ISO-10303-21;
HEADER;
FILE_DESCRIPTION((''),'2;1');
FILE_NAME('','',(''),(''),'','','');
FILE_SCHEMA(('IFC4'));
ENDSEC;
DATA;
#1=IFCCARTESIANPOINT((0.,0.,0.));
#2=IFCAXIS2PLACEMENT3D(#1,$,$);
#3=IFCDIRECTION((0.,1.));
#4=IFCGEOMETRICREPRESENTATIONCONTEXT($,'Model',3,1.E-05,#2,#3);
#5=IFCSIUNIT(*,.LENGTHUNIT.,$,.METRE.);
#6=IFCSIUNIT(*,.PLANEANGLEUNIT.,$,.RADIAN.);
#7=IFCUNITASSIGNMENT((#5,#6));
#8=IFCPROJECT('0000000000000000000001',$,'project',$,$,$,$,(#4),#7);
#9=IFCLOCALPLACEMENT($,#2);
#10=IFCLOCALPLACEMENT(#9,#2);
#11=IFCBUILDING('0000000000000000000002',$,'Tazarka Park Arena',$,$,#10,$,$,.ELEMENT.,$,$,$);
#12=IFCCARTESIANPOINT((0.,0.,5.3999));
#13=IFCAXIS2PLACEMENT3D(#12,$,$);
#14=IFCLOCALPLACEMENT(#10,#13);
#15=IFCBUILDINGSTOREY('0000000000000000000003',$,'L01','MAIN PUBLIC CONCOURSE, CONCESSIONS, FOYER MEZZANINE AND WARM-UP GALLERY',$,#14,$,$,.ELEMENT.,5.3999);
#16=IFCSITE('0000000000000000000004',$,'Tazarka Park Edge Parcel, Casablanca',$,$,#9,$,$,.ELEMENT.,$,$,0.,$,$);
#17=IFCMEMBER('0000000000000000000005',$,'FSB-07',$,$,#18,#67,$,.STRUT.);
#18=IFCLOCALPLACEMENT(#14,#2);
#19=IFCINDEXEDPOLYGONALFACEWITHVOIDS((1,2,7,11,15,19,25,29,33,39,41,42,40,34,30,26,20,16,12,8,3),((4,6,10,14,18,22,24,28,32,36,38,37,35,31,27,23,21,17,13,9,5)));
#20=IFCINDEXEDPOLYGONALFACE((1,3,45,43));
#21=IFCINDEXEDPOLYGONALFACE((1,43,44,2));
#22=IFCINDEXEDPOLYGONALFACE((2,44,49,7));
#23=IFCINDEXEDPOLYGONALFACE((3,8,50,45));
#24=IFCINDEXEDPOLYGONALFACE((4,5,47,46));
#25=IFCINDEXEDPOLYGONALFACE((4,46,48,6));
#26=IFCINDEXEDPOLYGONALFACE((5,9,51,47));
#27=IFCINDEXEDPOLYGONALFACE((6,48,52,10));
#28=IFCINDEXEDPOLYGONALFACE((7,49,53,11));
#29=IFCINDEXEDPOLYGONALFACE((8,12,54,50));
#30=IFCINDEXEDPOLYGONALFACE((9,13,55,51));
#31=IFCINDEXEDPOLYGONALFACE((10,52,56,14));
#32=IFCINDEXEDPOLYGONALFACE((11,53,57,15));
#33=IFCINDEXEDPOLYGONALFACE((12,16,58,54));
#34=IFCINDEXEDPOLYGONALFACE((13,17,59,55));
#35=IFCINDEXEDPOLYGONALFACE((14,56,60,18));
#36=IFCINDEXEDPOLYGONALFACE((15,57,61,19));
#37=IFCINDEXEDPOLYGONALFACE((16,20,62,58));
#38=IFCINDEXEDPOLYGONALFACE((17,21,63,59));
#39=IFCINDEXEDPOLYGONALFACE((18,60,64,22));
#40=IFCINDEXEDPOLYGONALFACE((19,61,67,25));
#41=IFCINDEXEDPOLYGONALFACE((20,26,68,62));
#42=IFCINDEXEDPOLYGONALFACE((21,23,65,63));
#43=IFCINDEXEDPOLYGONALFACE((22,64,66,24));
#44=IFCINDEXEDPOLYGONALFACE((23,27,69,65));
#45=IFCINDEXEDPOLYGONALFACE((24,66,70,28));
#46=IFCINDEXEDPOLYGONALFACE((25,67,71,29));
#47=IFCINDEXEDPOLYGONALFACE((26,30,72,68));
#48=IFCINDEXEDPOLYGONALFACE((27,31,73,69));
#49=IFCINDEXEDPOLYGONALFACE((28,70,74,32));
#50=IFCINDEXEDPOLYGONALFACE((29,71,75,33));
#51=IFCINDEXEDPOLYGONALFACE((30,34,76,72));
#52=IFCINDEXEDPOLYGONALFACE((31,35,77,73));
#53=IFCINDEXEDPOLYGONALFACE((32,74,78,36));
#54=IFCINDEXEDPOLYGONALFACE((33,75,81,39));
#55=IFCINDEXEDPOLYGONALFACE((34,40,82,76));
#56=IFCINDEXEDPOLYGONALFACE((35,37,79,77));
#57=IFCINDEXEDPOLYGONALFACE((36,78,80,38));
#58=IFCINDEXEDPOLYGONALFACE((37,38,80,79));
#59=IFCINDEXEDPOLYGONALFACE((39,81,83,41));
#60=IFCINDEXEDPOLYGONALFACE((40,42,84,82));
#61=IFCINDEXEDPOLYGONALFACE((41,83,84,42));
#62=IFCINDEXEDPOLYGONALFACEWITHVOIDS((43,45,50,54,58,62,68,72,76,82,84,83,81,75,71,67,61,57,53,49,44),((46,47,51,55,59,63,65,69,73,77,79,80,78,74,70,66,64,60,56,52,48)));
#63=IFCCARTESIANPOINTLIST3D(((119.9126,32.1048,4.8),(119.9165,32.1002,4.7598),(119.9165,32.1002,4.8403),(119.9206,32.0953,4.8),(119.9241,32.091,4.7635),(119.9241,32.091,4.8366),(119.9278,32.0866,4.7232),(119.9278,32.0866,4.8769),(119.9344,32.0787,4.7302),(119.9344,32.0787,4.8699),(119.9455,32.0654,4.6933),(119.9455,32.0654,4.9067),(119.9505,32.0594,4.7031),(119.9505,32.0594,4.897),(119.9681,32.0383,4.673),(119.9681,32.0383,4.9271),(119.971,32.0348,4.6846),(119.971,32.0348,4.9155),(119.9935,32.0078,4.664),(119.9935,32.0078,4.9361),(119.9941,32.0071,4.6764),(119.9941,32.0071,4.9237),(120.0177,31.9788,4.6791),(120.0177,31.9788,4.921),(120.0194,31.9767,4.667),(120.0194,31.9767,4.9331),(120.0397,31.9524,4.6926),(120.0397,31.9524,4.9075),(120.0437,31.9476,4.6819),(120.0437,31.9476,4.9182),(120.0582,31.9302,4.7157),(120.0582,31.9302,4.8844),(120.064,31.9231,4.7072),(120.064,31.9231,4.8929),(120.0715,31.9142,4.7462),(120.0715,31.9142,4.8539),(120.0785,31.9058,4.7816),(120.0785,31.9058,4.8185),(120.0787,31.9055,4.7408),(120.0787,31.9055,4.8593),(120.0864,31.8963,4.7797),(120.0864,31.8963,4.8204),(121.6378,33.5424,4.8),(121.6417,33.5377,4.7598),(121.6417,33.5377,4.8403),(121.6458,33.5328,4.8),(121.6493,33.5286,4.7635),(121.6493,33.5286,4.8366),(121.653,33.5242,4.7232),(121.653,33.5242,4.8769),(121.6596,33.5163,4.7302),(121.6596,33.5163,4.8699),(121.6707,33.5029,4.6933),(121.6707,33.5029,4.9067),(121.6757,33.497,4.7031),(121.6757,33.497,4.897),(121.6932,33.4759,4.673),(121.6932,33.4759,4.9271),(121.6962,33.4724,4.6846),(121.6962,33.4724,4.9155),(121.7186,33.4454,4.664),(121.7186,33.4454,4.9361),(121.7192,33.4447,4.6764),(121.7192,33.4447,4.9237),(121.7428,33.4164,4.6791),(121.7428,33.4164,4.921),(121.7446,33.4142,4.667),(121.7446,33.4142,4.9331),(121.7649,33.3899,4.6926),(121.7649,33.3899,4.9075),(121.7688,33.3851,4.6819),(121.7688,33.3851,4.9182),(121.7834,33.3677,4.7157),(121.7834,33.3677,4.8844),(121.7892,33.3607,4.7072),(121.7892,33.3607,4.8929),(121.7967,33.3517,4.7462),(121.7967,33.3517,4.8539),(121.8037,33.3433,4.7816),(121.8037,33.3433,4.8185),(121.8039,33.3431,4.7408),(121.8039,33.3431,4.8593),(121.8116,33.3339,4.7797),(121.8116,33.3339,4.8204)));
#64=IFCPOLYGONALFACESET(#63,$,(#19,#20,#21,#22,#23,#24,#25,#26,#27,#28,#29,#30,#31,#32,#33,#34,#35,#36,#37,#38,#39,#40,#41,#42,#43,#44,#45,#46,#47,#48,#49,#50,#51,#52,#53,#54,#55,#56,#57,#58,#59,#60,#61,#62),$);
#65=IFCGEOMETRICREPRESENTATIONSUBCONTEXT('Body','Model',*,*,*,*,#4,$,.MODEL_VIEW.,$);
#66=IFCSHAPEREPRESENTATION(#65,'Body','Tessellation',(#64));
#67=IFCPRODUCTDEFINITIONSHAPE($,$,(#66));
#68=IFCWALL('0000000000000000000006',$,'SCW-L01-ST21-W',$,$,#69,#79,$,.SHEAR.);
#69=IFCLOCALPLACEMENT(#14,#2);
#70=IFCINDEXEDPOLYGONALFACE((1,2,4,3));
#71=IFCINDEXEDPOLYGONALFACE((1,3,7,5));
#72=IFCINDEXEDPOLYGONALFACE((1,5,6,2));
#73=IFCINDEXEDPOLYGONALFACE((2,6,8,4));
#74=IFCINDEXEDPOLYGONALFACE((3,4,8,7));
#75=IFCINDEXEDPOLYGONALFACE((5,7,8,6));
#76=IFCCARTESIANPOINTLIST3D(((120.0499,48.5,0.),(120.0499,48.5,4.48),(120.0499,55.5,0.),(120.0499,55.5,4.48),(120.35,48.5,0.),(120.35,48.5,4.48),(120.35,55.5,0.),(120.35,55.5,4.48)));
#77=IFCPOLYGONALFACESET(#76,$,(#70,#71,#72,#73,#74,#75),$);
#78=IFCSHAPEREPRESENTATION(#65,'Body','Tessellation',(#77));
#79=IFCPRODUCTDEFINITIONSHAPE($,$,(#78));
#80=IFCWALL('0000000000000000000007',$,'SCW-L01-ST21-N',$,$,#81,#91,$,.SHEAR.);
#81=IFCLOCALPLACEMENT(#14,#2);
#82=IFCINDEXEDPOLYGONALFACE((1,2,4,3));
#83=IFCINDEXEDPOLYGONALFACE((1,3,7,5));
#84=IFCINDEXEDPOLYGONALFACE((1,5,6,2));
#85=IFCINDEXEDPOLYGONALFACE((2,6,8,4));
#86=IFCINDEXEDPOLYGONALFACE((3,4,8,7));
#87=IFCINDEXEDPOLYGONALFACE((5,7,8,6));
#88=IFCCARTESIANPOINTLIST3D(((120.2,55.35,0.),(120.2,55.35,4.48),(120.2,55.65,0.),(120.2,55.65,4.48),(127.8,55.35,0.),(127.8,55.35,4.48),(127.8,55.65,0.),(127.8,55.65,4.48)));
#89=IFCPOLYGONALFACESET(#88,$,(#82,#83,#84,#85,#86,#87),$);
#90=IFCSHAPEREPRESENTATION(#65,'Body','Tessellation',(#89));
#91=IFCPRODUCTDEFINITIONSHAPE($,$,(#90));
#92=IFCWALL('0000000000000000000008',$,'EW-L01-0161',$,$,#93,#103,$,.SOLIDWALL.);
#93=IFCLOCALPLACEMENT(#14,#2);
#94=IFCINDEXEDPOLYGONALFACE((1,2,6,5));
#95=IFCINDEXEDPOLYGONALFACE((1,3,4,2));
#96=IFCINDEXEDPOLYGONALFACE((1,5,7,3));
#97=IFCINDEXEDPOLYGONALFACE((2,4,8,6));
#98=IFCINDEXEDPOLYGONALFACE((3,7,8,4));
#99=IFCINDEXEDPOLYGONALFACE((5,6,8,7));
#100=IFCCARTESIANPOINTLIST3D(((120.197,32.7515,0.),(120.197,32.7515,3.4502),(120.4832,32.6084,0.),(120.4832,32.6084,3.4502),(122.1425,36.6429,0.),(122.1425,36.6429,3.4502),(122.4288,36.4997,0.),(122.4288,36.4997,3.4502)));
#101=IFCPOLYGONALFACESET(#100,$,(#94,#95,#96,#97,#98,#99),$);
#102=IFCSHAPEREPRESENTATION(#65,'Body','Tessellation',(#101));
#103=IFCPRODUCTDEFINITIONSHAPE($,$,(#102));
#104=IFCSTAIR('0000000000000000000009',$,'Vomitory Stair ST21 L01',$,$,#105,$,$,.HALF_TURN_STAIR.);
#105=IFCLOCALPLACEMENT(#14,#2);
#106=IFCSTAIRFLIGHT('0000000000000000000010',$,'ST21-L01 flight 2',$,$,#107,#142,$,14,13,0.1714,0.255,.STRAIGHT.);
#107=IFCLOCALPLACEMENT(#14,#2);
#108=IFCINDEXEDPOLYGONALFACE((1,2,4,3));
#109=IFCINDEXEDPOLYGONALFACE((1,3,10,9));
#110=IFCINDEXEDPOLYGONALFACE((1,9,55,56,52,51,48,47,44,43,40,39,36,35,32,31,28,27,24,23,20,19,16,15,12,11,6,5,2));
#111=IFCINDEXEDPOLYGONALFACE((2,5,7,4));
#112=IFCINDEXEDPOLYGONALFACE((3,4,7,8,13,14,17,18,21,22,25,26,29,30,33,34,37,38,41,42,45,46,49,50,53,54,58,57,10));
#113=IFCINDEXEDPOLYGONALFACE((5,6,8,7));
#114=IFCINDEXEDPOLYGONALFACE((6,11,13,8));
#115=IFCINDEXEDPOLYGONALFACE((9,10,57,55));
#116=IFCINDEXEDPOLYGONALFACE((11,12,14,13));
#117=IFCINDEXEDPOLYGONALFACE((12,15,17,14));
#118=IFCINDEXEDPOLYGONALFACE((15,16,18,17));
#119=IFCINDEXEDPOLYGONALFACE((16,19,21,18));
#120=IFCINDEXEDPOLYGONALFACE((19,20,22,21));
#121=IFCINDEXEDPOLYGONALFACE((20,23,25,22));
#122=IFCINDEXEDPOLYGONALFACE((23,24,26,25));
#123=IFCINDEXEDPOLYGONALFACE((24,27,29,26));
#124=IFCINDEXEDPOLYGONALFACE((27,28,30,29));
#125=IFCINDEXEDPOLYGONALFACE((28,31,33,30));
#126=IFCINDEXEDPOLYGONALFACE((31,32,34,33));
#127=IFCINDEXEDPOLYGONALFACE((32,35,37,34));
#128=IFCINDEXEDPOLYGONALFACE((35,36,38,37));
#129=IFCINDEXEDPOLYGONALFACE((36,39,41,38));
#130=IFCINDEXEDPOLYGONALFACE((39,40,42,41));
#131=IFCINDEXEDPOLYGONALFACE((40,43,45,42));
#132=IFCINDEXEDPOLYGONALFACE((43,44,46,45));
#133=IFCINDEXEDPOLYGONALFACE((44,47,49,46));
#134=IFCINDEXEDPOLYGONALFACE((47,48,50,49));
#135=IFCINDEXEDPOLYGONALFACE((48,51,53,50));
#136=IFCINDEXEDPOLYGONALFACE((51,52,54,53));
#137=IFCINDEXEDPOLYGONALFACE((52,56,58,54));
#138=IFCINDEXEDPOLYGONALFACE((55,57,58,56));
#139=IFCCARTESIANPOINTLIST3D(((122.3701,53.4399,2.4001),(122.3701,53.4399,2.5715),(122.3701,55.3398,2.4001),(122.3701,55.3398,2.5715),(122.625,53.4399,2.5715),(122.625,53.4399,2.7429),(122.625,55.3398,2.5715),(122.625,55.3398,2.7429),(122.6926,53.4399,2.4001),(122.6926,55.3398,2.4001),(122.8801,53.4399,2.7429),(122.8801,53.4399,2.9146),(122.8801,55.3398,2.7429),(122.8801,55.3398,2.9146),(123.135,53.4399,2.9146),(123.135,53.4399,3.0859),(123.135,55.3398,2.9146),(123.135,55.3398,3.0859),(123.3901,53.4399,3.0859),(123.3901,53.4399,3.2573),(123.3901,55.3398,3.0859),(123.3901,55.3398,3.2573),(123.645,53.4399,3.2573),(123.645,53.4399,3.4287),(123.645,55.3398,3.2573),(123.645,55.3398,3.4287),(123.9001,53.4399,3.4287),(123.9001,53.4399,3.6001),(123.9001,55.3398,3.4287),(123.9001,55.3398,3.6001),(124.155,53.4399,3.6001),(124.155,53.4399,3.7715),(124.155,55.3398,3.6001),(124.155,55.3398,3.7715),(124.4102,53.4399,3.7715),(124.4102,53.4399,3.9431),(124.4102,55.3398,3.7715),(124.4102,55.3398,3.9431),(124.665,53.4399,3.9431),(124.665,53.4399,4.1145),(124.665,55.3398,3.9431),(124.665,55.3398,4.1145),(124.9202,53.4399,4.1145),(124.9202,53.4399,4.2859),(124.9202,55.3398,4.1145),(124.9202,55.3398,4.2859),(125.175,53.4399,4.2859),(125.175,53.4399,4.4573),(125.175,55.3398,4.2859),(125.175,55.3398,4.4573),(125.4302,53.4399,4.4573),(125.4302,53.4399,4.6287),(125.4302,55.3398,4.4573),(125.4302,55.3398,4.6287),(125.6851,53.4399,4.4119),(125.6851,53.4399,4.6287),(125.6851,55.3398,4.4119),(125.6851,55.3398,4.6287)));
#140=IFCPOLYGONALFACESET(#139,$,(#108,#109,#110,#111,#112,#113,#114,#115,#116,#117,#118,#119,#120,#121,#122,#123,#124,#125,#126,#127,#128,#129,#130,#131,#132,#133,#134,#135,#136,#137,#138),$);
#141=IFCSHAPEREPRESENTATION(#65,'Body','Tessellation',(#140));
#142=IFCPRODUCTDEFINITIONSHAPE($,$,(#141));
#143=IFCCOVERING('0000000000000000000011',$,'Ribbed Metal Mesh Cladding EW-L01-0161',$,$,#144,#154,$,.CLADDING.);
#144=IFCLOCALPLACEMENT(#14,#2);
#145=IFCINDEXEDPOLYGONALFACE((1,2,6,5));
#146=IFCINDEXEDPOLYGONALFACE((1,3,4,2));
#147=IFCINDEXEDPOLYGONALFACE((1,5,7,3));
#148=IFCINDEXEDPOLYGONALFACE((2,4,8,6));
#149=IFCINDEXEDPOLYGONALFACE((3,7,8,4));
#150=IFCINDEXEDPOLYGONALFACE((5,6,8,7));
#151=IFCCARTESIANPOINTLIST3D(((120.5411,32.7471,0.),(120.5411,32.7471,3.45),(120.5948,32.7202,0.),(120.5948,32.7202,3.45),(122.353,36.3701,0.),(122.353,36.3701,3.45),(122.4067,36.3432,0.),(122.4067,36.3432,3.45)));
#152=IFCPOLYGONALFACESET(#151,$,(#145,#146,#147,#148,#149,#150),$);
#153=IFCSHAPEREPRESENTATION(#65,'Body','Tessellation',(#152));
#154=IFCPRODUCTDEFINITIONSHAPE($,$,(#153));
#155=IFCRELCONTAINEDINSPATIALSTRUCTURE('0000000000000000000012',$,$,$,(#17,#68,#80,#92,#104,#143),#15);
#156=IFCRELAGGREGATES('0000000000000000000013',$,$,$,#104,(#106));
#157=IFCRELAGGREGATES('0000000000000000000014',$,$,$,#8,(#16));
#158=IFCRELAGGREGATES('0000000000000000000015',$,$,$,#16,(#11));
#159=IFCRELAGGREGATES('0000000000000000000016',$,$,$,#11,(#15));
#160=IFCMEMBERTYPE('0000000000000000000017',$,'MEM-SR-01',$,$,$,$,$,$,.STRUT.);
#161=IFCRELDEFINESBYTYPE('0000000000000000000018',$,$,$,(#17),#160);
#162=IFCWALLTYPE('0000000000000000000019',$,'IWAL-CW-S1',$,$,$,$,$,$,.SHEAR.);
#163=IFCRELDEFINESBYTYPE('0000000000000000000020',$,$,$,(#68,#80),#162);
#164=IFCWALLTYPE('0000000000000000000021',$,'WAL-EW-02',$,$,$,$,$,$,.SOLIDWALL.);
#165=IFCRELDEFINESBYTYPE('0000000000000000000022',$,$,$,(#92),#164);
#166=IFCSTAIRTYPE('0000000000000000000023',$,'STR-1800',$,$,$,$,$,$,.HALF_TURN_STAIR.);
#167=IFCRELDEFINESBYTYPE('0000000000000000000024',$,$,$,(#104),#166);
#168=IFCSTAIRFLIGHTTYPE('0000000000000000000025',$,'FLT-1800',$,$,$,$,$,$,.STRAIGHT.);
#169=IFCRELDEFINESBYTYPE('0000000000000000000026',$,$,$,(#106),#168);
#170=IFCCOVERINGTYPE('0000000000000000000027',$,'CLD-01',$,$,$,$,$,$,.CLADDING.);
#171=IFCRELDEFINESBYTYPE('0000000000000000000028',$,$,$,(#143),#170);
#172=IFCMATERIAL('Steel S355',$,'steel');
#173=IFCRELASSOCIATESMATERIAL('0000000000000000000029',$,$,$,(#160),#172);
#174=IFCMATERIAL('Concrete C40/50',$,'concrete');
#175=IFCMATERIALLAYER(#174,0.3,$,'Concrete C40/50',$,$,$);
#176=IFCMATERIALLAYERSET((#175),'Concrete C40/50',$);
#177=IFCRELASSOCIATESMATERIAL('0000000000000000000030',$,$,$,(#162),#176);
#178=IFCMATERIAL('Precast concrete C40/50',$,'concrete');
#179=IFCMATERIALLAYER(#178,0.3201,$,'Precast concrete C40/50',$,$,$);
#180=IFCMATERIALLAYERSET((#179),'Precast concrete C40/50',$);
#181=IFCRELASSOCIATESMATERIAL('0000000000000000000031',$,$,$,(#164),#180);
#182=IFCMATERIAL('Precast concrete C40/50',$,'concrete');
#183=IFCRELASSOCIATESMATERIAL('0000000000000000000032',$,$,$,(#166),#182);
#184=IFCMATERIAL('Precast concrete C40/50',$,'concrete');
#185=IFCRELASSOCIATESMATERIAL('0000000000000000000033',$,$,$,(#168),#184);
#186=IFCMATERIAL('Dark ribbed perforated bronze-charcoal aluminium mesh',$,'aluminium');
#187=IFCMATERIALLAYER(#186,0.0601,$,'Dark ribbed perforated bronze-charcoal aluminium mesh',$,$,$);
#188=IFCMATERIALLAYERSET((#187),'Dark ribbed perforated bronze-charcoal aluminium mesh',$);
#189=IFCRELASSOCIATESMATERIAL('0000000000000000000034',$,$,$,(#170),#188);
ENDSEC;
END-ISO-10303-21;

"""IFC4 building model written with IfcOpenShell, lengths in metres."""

from ifc_helpers import new_model, si_unit, direction, frame, frame_2d, origin, origin_2d, place, context, subcontext, project, spatial, polyline, rectangle, hollow_circle, outline, extrude, material, layer, layer_set, material_profile, profile_set, type_object, element, aggregate, save


model = new_model("IFC4")

# Units and contexts
model_context = context("Model", 3, precision=1e-05, world=origin(), true_north=direction((0.0, 1.0)))
body_context = subcontext(model_context, "Body", "Model", "MODEL_VIEW")
ifc_project = project(units=[si_unit("LENGTHUNIT", "METRE"), si_unit("PLANEANGLEUNIT", "RADIAN")], contexts=[model_context])

# Site, building, storey
site_placement = place(None, origin())
site = spatial("IfcSite", under=ifc_project, at=site_placement, Name="Tazarka Park Edge Parcel, Casablanca", CompositionType="ELEMENT", RefElevation=0.0)
building_placement = place(site_placement, origin())
building = spatial("IfcBuilding", under=site, at=building_placement, Name="Tazarka Park Arena", CompositionType="ELEMENT")
storey_placement = place(building_placement, frame((0.0, 0.0, 5.3999)))
storey = spatial("IfcBuildingStorey", under=building, at=storey_placement, Name="L01", Description="MAIN PUBLIC CONCOURSE, CONCESSIONS, FOYER MEZZANINE AND WARM-UP GALLERY", CompositionType="ELEMENT", Elevation=5.3999)

# Member
ifc_material_1 = material(Name="Steel S355", Category="steel")
ifc_material_profile_1 = material_profile(ifc_material_1, hollow_circle(Radius=0.1365, WallThickness=0.0125, at=origin_2d()), Name="Steel S355")
ifc_profile_set_1 = profile_set([ifc_material_profile_1], Name="Steel S355")
member_type = type_object("IfcMemberType", Name="MEM-SR-01", PredefinedType="STRUT", material=ifc_profile_set_1)
member_placement = place(storey_placement, frame((120.0, 32.0, 4.8), z_axis=(0.768239, 0.640163, 0.0), x_axis=(-0.640163, 0.768239, 0.0)))
element("IfcMember", 1, at=member_placement, inside=storey, type_object=member_type, Name="FSB-07", PredefinedType="STRUT", context=body_context, shape_type="SweptSolid", body=[
    extrude(hollow_circle(Radius=0.1365, WallThickness=0.0125, at=origin_2d()), origin(), (0.0, 0.0, 1.0), 2.2456),
])

# Walls
ifc_material_2 = material(Name="Concrete C40/50", Category="concrete")
ifc_layer_1 = layer(ifc_material_2, 0.3, Name="Concrete C40/50")
ifc_layer_set_1 = layer_set([ifc_layer_1], Name="Concrete C40/50")
wall_type_1 = type_object("IfcWallType", Name="IWAL-CW-S1", PredefinedType="SHEAR", material=ifc_layer_set_1)
wall_1_placement = place(storey_placement, frame((120.2, 48.5, 0.0), z_axis=(0.0, 0.0, 1.0), x_axis=(0.0, 1.0, 0.0)))
element("IfcWall", 2, at=wall_1_placement, inside=storey, type_object=wall_type_1, Name="SCW-L01-ST21-W", PredefinedType="SHEAR", context=body_context, shape_type="SweptSolid", body=[
    extrude(rectangle(XDim=7.0, YDim=0.3, at=frame_2d((3.5, 0.0))), origin(), (0.0, 0.0, 1.0), 4.48),
])
wall_2_placement = place(storey_placement, frame((120.2, 55.5, 0.0), z_axis=(0.0, 0.0, 1.0), x_axis=(1.0, 0.0, 0.0)))
element("IfcWall", 3, at=wall_2_placement, inside=storey, type_object=wall_type_1, Name="SCW-L01-ST21-N", PredefinedType="SHEAR", context=body_context, shape_type="SweptSolid", body=[
    extrude(rectangle(XDim=7.6001, YDim=0.3, at=frame_2d((3.8, 0.0))), origin(), (0.0, 0.0, 1.0), 4.48),
])
ifc_material_3 = material(Name="Precast concrete C40/50", Category="concrete")
ifc_layer_2 = layer(ifc_material_3, 0.3201, Name="Precast concrete C40/50")
ifc_layer_set_2 = layer_set([ifc_layer_2], Name="Precast concrete C40/50")
wall_type_2 = type_object("IfcWallType", Name="WAL-EW-02", PredefinedType="SOLIDWALL", material=ifc_layer_set_2)
wall_3_placement = place(storey_placement, frame((122.2856, 36.5713, 0.0), z_axis=(0.0, 0.0, 1.0), x_axis=(-0.447191, -0.894438, 0.0)))
element("IfcWall", 4, at=wall_3_placement, inside=storey, type_object=wall_type_2, Name="EW-L01-0161", PredefinedType="SOLIDWALL", context=body_context, shape_type="SweptSolid", body=[
    extrude(rectangle(XDim=4.3506, YDim=0.3201, at=frame_2d((2.1753, 0.0))), origin(), (0.0, 0.0, 1.0), 3.4502),
])

# Stair, stair flight
ifc_material_4 = material(Name="Precast concrete C40/50", Category="concrete")
stair_type = type_object("IfcStairType", Name="STR-1800", PredefinedType="HALF_TURN_STAIR", material=ifc_material_4)
stair_placement = place(storey_placement, origin())
stair = element("IfcStair", 5, at=stair_placement, inside=storey, type_object=stair_type, Name="Vomitory Stair ST21 L01", PredefinedType="HALF_TURN_STAIR")
ifc_material_5 = material(Name="Precast concrete C40/50", Category="concrete")
stair_flight_type = type_object("IfcStairFlightType", Name="FLT-1800", PredefinedType="STRAIGHT", material=ifc_material_5)
stair_flight_placement = place(storey_placement, frame((122.3701, 54.3899, 2.4001), z_axis=(0.0, 0.0, 1.0), x_axis=(1.0, 0.0, 0.0)))
stair_flight = element("IfcStairFlight", 6, at=stair_flight_placement, type_object=stair_flight_type, Name="ST21-L01 flight 2", NumberOfRisers=14, NumberOfTreads=13, PredefinedType="STRAIGHT", RiserHeight=0.1714, TreadLength=0.255, context=body_context, shape_type="SweptSolid", body=[
    extrude(outline(polyline([(0.0, 0.0), (0.0, 0.1714), (0.2549, 0.1714), (0.2549, 0.3428), (0.51, 0.3428), (0.51, 0.5144), (0.7649, 0.5144), (0.7649, 0.6858), (1.02, 0.6858), (1.02, 0.8572), (1.2749, 0.8572), (1.2749, 1.0286), (1.53, 1.0286), (1.53, 1.2), (1.7849, 1.2), (1.7849, 1.3713), (2.04, 1.3713), (2.04, 1.543), (2.2949, 1.543), (2.2949, 1.7144), (2.55, 1.7144), (2.55, 1.8857), (2.8049, 1.8857), (2.8049, 2.0571), (3.0601, 2.0571), (3.0601, 2.2285), (3.3149, 2.2285), (3.3149, 2.3999), (3.3149, 2.0117), (0.3225, 0.0), (0.0, 0.0)])), frame((0.0, 0.95, 0.0), z_axis=(0.0, -1.0, 0.0), x_axis=(1.0, 0.0, 0.0)), (0.0, 0.0, 1.0), 1.8999),
])
aggregate(stair, [stair_flight])

# Covering
ifc_material_6 = material(Name="Dark ribbed perforated bronze-charcoal aluminium mesh", Category="aluminium")
ifc_layer_3 = layer(ifc_material_6, 0.0601, Name="Dark ribbed perforated bronze-charcoal aluminium mesh")
ifc_layer_set_3 = layer_set([ifc_layer_3], Name="Dark ribbed perforated bronze-charcoal aluminium mesh")
covering_type = type_object("IfcCoveringType", Name="CLD-01", PredefinedType="CLADDING", material=ifc_layer_set_3)
covering_placement = place(storey_placement, frame((121.4739, 34.5452, 0.0), z_axis=(0.0, 0.0, 1.0), x_axis=(-0.447291, -0.894389, 0.0)))
element("IfcCovering", 7, at=covering_placement, inside=storey, type_object=covering_type, Name="Ribbed Metal Mesh Cladding EW-L01-0161", PredefinedType="CLADDING", context=body_context, shape_type="SweptSolid", body=[
    extrude(rectangle(XDim=4.0508, YDim=0.0601, at=origin_2d()), origin(), (0.0, 0.0, 1.0), 3.45),
])

save(model, "model.ifc")
